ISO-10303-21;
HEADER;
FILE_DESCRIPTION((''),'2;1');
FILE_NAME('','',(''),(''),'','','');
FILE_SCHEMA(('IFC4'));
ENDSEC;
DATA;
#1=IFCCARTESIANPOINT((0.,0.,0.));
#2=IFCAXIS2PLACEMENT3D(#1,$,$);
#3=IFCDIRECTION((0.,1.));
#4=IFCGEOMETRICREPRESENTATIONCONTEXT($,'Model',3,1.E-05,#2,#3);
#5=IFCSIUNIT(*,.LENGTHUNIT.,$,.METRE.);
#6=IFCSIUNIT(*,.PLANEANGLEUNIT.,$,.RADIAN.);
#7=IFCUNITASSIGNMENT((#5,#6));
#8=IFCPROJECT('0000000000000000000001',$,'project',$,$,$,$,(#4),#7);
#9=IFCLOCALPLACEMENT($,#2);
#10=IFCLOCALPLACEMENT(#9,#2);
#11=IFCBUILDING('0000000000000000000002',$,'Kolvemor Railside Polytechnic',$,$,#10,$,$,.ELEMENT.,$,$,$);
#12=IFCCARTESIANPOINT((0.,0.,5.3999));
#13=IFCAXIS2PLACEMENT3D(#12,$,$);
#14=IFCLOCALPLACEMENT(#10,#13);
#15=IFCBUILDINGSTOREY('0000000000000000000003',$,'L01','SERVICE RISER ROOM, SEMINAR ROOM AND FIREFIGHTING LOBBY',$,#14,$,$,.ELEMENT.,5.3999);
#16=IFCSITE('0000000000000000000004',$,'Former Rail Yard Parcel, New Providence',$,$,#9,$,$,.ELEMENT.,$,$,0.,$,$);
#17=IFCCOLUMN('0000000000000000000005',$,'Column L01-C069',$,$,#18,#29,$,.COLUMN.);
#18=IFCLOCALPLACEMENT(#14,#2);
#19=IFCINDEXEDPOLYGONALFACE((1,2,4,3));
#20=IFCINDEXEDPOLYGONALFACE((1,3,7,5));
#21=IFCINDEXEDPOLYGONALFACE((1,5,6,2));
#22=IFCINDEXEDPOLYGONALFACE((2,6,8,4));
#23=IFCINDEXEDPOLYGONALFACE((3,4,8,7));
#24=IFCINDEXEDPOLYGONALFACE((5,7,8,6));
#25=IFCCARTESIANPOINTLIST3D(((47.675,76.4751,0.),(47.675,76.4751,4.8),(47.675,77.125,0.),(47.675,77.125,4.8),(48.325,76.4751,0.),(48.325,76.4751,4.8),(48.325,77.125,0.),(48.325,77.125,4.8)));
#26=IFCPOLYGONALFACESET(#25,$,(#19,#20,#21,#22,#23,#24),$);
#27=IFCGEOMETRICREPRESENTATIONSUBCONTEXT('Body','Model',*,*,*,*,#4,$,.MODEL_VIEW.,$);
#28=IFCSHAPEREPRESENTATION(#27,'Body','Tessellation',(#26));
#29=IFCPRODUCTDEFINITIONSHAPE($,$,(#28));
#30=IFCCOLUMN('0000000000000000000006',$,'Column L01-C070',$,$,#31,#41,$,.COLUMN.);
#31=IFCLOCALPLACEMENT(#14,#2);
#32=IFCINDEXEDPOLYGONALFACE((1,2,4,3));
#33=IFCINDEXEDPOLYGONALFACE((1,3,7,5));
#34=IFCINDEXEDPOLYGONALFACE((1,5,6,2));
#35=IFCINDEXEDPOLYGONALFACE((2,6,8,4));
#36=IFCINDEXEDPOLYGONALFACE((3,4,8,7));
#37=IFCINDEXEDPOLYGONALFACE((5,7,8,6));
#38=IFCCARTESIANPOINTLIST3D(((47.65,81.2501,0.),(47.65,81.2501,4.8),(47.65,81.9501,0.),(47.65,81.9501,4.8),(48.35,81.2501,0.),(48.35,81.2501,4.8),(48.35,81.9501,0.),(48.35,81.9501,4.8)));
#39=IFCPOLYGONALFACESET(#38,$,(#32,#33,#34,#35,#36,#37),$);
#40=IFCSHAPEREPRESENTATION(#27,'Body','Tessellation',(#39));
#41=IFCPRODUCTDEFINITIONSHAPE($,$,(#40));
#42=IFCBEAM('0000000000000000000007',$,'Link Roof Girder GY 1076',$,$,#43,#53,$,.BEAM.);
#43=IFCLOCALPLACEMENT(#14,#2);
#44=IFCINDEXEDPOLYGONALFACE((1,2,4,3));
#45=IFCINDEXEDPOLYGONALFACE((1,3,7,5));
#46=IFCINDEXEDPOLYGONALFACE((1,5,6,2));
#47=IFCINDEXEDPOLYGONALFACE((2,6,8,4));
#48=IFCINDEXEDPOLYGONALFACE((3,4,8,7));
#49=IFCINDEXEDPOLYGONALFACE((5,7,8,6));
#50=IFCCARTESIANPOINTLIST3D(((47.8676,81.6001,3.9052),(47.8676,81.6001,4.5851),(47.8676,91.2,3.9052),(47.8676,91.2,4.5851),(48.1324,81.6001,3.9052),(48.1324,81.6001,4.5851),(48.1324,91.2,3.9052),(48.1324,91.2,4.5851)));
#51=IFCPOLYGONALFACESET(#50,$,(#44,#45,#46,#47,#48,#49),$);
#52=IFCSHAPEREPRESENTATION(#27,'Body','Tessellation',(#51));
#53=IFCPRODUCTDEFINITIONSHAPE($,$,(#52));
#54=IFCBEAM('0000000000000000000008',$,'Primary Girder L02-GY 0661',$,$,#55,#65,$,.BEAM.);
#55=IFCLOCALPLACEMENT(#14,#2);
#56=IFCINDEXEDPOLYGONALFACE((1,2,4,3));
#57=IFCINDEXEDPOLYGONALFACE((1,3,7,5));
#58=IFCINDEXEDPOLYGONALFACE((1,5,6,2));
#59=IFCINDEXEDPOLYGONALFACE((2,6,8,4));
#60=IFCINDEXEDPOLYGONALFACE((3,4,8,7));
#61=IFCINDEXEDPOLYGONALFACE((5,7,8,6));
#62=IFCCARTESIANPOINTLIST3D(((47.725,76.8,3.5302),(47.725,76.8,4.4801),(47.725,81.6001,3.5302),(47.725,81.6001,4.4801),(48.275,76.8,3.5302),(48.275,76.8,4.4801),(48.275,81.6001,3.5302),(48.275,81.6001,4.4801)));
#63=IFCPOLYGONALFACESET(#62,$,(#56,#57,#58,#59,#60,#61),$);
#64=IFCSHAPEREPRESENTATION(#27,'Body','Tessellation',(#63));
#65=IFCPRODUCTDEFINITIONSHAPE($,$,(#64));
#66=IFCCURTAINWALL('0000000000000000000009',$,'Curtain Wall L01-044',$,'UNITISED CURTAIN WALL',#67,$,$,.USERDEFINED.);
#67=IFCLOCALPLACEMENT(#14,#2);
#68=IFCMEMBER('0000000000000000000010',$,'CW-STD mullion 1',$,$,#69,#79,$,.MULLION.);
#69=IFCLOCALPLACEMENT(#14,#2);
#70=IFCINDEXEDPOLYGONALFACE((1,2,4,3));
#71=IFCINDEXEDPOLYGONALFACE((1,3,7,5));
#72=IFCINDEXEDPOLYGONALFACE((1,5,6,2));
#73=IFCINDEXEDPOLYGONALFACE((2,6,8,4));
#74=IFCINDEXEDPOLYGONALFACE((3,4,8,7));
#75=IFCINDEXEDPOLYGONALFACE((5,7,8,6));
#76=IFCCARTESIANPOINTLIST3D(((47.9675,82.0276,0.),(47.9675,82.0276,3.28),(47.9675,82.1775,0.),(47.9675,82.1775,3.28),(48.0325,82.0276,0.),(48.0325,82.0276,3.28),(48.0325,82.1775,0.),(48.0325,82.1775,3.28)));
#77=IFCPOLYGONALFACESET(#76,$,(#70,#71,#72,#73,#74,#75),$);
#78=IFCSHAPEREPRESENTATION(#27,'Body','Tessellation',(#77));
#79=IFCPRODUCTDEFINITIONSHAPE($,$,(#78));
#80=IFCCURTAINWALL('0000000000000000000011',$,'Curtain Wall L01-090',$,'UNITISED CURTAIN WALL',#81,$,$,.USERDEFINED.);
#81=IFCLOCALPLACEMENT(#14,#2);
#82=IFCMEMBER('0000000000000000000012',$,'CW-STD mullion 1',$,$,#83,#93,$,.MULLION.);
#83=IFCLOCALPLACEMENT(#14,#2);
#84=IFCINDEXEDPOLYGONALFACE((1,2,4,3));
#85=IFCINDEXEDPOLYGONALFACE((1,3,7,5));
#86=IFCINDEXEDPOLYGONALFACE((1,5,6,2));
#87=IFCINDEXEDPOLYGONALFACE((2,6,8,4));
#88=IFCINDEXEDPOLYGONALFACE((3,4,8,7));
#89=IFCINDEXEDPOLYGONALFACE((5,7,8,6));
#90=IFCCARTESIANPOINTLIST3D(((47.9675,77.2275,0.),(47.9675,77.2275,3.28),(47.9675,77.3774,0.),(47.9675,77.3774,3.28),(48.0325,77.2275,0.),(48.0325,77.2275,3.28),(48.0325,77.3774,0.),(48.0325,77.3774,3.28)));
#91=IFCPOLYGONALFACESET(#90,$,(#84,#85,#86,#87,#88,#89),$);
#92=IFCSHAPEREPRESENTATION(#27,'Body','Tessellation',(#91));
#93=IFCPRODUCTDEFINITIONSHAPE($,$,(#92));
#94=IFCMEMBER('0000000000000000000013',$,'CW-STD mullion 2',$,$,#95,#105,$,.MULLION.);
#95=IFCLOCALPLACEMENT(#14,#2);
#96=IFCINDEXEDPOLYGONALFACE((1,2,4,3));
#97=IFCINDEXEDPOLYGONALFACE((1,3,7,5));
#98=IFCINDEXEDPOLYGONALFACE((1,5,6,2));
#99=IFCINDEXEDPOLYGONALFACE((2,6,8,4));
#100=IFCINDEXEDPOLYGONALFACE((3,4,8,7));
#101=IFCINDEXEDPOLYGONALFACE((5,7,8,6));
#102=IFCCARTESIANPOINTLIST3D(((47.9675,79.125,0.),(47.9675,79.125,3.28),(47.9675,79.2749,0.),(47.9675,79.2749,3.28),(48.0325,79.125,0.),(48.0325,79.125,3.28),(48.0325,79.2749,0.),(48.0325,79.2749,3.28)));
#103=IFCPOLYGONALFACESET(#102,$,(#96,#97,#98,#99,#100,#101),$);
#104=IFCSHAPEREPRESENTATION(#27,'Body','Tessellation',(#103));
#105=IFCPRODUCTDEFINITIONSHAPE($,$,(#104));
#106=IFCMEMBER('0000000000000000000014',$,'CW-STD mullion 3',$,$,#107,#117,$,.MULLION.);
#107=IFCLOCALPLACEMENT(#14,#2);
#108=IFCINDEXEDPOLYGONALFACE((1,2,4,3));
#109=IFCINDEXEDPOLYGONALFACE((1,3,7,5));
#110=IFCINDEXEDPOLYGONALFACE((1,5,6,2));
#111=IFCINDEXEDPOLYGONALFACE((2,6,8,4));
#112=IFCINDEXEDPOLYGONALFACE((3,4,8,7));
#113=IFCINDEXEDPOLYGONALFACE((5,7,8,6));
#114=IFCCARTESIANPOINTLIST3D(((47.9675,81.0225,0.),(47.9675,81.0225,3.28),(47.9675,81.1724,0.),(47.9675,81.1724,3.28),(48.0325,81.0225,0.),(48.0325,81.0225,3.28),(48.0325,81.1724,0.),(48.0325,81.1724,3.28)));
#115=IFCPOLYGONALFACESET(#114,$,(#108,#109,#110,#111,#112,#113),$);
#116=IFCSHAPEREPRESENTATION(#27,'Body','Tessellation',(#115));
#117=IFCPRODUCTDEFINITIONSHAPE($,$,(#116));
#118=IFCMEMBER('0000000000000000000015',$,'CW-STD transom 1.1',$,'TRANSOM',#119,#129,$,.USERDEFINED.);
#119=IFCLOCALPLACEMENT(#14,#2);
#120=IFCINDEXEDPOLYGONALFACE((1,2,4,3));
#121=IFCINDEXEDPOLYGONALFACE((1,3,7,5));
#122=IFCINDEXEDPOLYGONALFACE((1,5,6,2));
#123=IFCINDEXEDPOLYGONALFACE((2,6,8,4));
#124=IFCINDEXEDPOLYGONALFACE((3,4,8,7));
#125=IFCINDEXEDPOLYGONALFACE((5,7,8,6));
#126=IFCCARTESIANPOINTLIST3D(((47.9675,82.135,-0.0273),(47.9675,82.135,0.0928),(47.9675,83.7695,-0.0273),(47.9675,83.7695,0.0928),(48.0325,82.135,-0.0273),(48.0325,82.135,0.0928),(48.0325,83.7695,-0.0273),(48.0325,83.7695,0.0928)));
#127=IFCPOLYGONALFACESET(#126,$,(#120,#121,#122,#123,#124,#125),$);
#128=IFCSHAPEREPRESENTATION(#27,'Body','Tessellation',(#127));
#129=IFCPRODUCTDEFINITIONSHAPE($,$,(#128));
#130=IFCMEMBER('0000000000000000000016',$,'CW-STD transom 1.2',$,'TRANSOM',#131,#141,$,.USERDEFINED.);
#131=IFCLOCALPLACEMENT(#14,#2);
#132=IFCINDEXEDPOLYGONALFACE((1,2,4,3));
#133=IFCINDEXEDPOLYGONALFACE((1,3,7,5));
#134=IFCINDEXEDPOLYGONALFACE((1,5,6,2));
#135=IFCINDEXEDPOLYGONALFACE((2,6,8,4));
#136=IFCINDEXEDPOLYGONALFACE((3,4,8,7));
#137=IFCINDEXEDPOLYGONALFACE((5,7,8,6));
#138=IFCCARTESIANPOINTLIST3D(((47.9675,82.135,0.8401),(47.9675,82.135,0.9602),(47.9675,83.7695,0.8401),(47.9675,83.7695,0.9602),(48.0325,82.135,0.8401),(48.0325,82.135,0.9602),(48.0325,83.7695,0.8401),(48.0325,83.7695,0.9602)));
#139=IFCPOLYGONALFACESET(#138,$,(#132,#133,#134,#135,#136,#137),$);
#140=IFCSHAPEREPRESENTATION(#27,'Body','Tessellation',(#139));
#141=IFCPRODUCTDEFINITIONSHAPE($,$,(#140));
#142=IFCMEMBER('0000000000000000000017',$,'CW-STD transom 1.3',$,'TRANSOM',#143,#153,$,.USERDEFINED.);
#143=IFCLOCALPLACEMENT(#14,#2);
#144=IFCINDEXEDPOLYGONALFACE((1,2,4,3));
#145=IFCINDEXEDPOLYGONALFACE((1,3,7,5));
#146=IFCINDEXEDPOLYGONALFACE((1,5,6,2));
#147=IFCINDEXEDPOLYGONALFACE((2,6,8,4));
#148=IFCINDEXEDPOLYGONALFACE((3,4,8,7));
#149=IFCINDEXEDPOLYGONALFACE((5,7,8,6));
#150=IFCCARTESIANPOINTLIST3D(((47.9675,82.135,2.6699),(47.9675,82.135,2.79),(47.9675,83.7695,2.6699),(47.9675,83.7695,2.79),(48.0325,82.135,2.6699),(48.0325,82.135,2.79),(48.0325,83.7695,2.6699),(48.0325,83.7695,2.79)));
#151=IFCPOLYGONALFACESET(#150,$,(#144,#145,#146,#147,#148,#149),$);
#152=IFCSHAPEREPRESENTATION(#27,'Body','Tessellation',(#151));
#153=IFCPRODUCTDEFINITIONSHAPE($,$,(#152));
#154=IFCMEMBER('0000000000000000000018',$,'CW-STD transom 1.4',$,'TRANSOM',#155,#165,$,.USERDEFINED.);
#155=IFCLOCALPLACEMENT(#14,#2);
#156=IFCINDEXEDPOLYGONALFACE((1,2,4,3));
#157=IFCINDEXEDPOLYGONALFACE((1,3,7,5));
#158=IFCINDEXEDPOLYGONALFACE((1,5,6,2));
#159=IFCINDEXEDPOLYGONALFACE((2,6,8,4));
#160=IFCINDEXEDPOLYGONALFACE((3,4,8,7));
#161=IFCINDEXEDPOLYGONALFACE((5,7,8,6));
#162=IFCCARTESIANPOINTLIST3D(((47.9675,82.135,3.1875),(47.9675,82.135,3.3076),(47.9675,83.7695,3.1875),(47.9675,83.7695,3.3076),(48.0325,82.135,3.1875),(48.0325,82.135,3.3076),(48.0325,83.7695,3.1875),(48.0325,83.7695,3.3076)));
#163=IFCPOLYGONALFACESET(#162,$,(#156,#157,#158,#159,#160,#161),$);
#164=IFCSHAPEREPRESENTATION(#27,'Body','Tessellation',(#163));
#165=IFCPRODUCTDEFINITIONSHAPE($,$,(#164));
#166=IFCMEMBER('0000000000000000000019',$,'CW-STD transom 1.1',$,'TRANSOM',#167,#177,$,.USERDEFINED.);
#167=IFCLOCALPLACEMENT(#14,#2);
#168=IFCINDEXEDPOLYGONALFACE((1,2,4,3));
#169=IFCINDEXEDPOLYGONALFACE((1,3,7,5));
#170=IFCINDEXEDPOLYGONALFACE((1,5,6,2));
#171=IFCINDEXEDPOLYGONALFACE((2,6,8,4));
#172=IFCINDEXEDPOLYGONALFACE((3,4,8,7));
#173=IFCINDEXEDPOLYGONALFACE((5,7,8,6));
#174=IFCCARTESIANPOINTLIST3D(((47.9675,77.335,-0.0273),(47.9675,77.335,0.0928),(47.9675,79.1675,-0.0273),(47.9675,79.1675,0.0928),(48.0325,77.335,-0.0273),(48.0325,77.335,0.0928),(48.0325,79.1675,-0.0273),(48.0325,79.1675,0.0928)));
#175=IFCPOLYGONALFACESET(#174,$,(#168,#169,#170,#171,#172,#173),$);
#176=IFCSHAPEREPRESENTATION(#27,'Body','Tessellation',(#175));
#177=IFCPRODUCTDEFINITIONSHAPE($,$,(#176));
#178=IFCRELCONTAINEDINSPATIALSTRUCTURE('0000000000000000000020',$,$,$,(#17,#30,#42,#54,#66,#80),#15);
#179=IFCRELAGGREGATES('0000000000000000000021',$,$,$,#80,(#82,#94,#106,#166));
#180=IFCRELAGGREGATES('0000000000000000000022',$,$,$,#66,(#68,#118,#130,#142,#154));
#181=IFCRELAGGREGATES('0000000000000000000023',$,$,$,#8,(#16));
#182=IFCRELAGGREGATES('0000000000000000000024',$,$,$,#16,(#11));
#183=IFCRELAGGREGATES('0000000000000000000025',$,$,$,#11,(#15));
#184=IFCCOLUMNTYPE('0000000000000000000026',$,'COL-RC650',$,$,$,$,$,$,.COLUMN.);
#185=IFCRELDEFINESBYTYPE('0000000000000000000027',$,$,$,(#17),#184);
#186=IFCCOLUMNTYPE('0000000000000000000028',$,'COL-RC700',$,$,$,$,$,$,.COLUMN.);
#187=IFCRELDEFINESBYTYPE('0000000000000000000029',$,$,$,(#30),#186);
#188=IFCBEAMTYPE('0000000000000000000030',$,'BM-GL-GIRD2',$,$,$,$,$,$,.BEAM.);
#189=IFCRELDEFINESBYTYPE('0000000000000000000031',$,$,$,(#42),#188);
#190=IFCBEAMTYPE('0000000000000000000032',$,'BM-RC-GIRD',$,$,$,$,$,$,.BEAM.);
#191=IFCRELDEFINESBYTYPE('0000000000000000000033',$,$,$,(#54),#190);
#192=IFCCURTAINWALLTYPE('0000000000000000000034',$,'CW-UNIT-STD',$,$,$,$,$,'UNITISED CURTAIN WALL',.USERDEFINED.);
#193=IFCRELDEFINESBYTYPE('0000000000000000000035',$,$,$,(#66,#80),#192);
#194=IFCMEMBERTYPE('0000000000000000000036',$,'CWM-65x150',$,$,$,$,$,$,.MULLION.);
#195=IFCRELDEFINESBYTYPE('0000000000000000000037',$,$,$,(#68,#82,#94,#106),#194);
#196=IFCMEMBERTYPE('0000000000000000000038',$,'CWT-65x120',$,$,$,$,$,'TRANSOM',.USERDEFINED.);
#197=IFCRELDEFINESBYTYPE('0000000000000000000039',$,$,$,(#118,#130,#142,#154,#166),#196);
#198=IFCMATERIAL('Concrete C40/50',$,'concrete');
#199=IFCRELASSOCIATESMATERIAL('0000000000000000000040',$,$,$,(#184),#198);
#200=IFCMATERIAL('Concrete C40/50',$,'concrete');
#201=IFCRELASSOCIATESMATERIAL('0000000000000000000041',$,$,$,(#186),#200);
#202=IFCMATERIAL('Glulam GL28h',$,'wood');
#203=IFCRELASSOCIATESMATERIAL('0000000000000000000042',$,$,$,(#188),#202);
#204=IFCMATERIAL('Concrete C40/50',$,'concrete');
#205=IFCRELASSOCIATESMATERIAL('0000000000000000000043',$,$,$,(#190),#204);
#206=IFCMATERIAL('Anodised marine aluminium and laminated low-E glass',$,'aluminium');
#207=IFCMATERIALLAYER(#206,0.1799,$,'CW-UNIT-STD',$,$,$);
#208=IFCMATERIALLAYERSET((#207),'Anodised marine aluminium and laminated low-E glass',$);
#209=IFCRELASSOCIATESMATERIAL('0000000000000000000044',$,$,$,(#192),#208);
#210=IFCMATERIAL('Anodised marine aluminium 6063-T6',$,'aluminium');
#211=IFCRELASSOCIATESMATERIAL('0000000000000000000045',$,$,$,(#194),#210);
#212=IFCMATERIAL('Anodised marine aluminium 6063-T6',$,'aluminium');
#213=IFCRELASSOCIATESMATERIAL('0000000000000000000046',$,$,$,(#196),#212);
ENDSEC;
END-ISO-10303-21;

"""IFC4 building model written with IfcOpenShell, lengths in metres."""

from ifc_helpers import new_model, si_unit, direction, frame, origin, origin_2d, place, context, subcontext, project, spatial, rectangle, extrude, material, layer, layer_set, material_profile, profile_set, type_object, element, aggregate, save


model = new_model("IFC4")

# Units and contexts
model_context = context("Model", 3, precision=1e-05, world=origin(), true_north=direction((0.0, 1.0)))
body_context = subcontext(model_context, "Body", "Model", "MODEL_VIEW")
ifc_project = project(units=[si_unit("LENGTHUNIT", "METRE"), si_unit("PLANEANGLEUNIT", "RADIAN")], contexts=[model_context])

# Site, building, storey
site_placement = place(None, origin())
site = spatial("IfcSite", under=ifc_project, at=site_placement, Name="Former Rail Yard Parcel, New Providence", CompositionType="ELEMENT", RefElevation=0.0)
building_placement = place(site_placement, origin())
building = spatial("IfcBuilding", under=site, at=building_placement, Name="Kolvemor Railside Polytechnic", CompositionType="ELEMENT")
storey_placement = place(building_placement, frame((0.0, 0.0, 5.3999)))
storey = spatial("IfcBuildingStorey", under=building, at=storey_placement, Name="L01", Description="SERVICE RISER ROOM, SEMINAR ROOM AND FIREFIGHTING LOBBY", CompositionType="ELEMENT", Elevation=5.3999)

# Columns
ifc_material_1 = material(Name="Concrete C40/50", Category="concrete")
ifc_material_profile_1 = material_profile(ifc_material_1, rectangle(XDim=0.6499, YDim=0.6499, at=origin_2d()), Name="RC650x650")
ifc_profile_set_1 = profile_set([ifc_material_profile_1], Name="Concrete C40/50")
column_type_1 = type_object("IfcColumnType", Name="COL-RC650", PredefinedType="COLUMN", material=ifc_profile_set_1)
column_1_placement = place(storey_placement, frame((48.0, 76.8, 0.0), z_axis=(0.0, 0.0, 1.0), x_axis=(1.0, 0.0, 0.0)))
element("IfcColumn", 1, at=column_1_placement, inside=storey, type_object=column_type_1, Name="Column L01-C069", PredefinedType="COLUMN", context=body_context, shape_type="SweptSolid", body=[
    extrude(rectangle(XDim=0.6499, YDim=0.6499, at=origin_2d()), origin(), (0.0, 0.0, 1.0), 4.8),
])
ifc_material_2 = material(Name="Concrete C40/50", Category="concrete")
ifc_material_profile_2 = material_profile(ifc_material_2, rectangle(XDim=0.7, YDim=0.7, at=origin_2d()), Name="RC700x700")
ifc_profile_set_2 = profile_set([ifc_material_profile_2], Name="Concrete C40/50")
column_type_2 = type_object("IfcColumnType", Name="COL-RC700", PredefinedType="COLUMN", material=ifc_profile_set_2)
column_2_placement = place(storey_placement, frame((48.0, 81.6001, 0.0), z_axis=(0.0, 0.0, 1.0), x_axis=(1.0, 0.0, 0.0)))
element("IfcColumn", 2, at=column_2_placement, inside=storey, type_object=column_type_2, Name="Column L01-C070", PredefinedType="COLUMN", context=body_context, shape_type="SweptSolid", body=[
    extrude(rectangle(XDim=0.7, YDim=0.7, at=origin_2d()), origin(), (0.0, 0.0, 1.0), 4.8),
])

# Beams
ifc_material_3 = material(Name="Glulam GL28h", Category="wood")
ifc_material_profile_3 = material_profile(ifc_material_3, rectangle(XDim=0.2649, YDim=0.6799, at=origin_2d()), Name="GL265x680")
ifc_profile_set_3 = profile_set([ifc_material_profile_3], Name="Glulam GL28h")
beam_type_1 = type_object("IfcBeamType", Name="BM-GL-GIRD2", PredefinedType="BEAM", material=ifc_profile_set_3)
beam_1_placement = place(storey_placement, frame((48.0, 81.6001, 4.2451), z_axis=(0.0, 1.0, 0.0), x_axis=(-1.0, 0.0, 0.0)))
element("IfcBeam", 3, at=beam_1_placement, inside=storey, type_object=beam_type_1, Name="Link Roof Girder GY 1076", PredefinedType="BEAM", context=body_context, shape_type="SweptSolid", body=[
    extrude(rectangle(XDim=0.2649, YDim=0.6799, at=origin_2d()), origin(), (0.0, 0.0, 1.0), 9.5999),
])
ifc_material_4 = material(Name="Concrete C40/50", Category="concrete")
ifc_material_profile_4 = material_profile(ifc_material_4, rectangle(XDim=0.55, YDim=0.95, at=origin_2d()), Name="RC550x950")
ifc_profile_set_4 = profile_set([ifc_material_profile_4], Name="Concrete C40/50")
beam_type_2 = type_object("IfcBeamType", Name="BM-RC-GIRD", PredefinedType="BEAM", material=ifc_profile_set_4)
beam_2_placement = place(storey_placement, frame((48.0, 76.8, 4.0051), z_axis=(0.0, 1.0, 0.0), x_axis=(-1.0, 0.0, 0.0)))
element("IfcBeam", 4, at=beam_2_placement, inside=storey, type_object=beam_type_2, Name="Primary Girder L02-GY 0661", PredefinedType="BEAM", context=body_context, shape_type="SweptSolid", body=[
    extrude(rectangle(XDim=0.55, YDim=0.95, at=origin_2d()), origin(), (0.0, 0.0, 1.0), 4.8),
])

# Curtain wall, member
ifc_material_5 = material(Name="Anodised marine aluminium and laminated low-E glass", Category="aluminium")
ifc_layer_1 = layer(ifc_material_5, 0.1799, Name="CW-UNIT-STD")
ifc_layer_set_1 = layer_set([ifc_layer_1], Name="Anodised marine aluminium and laminated low-E glass")
curtain_wall_type = type_object("IfcCurtainWallType", Name="CW-UNIT-STD", ElementType="UNITISED CURTAIN WALL", PredefinedType="USERDEFINED", material=ifc_layer_set_1)
curtain_wall_1_placement = place(storey_placement, origin())
curtain_wall_1 = element("IfcCurtainWall", 5, at=curtain_wall_1_placement, inside=storey, type_object=curtain_wall_type, Name="Curtain Wall L01-044", ObjectType="UNITISED CURTAIN WALL", PredefinedType="USERDEFINED")
ifc_material_6 = material(Name="Anodised marine aluminium 6063-T6", Category="aluminium")
ifc_material_profile_5 = material_profile(ifc_material_6, rectangle(XDim=0.0649, YDim=0.1499, at=origin_2d()), Name="CW-MUL-65x150")
ifc_profile_set_5 = profile_set([ifc_material_profile_5], Name="Anodised marine aluminium 6063-T6")
member_type_1 = type_object("IfcMemberType", Name="CWM-65x150", PredefinedType="MULLION", material=ifc_profile_set_5)
member_1_placement = place(storey_placement, frame((48.0, 82.1025, 0.0), z_axis=(0.0, 0.0, 1.0), x_axis=(-1.0, 0.0, 0.0)))
member_1 = element("IfcMember", 6, at=member_1_placement, type_object=member_type_1, Name="CW-STD mullion 1", PredefinedType="MULLION", context=body_context, shape_type="SweptSolid", body=[
    extrude(rectangle(XDim=0.0649, YDim=0.1499, at=origin_2d()), origin(), (0.0, 0.0, 1.0), 3.28),
])

# Curtain wall, members
curtain_wall_2_placement = place(storey_placement, origin())
curtain_wall_2 = element("IfcCurtainWall", 7, at=curtain_wall_2_placement, inside=storey, type_object=curtain_wall_type, Name="Curtain Wall L01-090", ObjectType="UNITISED CURTAIN WALL", PredefinedType="USERDEFINED")
member_2_placement = place(storey_placement, frame((48.0, 77.3025, 0.0), z_axis=(0.0, 0.0, 1.0), x_axis=(-1.0, 0.0, 0.0)))
member_2 = element("IfcMember", 8, at=member_2_placement, type_object=member_type_1, Name="CW-STD mullion 1", PredefinedType="MULLION", context=body_context, shape_type="SweptSolid", body=[
    extrude(rectangle(XDim=0.0649, YDim=0.1499, at=origin_2d()), origin(), (0.0, 0.0, 1.0), 3.28),
])
member_3_placement = place(storey_placement, frame((48.0, 79.2, 0.0), z_axis=(0.0, 0.0, 1.0), x_axis=(-1.0, 0.0, 0.0)))
member_3 = element("IfcMember", 9, at=member_3_placement, type_object=member_type_1, Name="CW-STD mullion 2", PredefinedType="MULLION", context=body_context, shape_type="SweptSolid", body=[
    extrude(rectangle(XDim=0.0649, YDim=0.1499, at=origin_2d()), origin(), (0.0, 0.0, 1.0), 3.28),
])
member_4_placement = place(storey_placement, frame((48.0, 81.0974, 0.0), z_axis=(0.0, 0.0, 1.0), x_axis=(-1.0, 0.0, 0.0)))
member_4 = element("IfcMember", 10, at=member_4_placement, type_object=member_type_1, Name="CW-STD mullion 3", PredefinedType="MULLION", context=body_context, shape_type="SweptSolid", body=[
    extrude(rectangle(XDim=0.0649, YDim=0.1499, at=origin_2d()), origin(), (0.0, 0.0, 1.0), 3.28),
])

# Members
ifc_material_7 = material(Name="Anodised marine aluminium 6063-T6", Category="aluminium")
ifc_material_profile_6 = material_profile(ifc_material_7, rectangle(XDim=0.0649, YDim=0.1201, at=origin_2d()), Name="CW-TRN-65x120")
ifc_profile_set_6 = profile_set([ifc_material_profile_6], Name="Anodised marine aluminium 6063-T6")
member_type_2 = type_object("IfcMemberType", Name="CWT-65x120", ElementType="TRANSOM", PredefinedType="USERDEFINED", material=ifc_profile_set_6)
member_5_placement = place(storey_placement, frame((48.0, 82.135, 0.0327), z_axis=(0.0, 1.0, 0.0), x_axis=(-1.0, 0.0, 0.0)))
member_5 = element("IfcMember", 11, at=member_5_placement, type_object=member_type_2, Name="CW-STD transom 1.1", ObjectType="TRANSOM", PredefinedType="USERDEFINED", context=body_context, shape_type="SweptSolid", body=[
    extrude(rectangle(XDim=0.0649, YDim=0.1201, at=origin_2d()), origin(), (0.0, 0.0, 1.0), 1.6345),
])
member_6_placement = place(storey_placement, frame((48.0, 82.135, 0.9001), z_axis=(0.0, 1.0, 0.0), x_axis=(-1.0, 0.0, 0.0)))
member_6 = element("IfcMember", 12, at=member_6_placement, type_object=member_type_2, Name="CW-STD transom 1.2", ObjectType="TRANSOM", PredefinedType="USERDEFINED", context=body_context, shape_type="SweptSolid", body=[
    extrude(rectangle(XDim=0.0649, YDim=0.1201, at=origin_2d()), origin(), (0.0, 0.0, 1.0), 1.6345),
])
member_7_placement = place(storey_placement, frame((48.0, 82.135, 2.73), z_axis=(0.0, 1.0, 0.0), x_axis=(-1.0, 0.0, 0.0)))
member_7 = element("IfcMember", 13, at=member_7_placement, type_object=member_type_2, Name="CW-STD transom 1.3", ObjectType="TRANSOM", PredefinedType="USERDEFINED", context=body_context, shape_type="SweptSolid", body=[
    extrude(rectangle(XDim=0.0649, YDim=0.1201, at=origin_2d()), origin(), (0.0, 0.0, 1.0), 1.6345),
])
member_8_placement = place(storey_placement, frame((48.0, 82.135, 3.2476), z_axis=(0.0, 1.0, 0.0), x_axis=(-1.0, 0.0, 0.0)))
member_8 = element("IfcMember", 14, at=member_8_placement, type_object=member_type_2, Name="CW-STD transom 1.4", ObjectType="TRANSOM", PredefinedType="USERDEFINED", context=body_context, shape_type="SweptSolid", body=[
    extrude(rectangle(XDim=0.0649, YDim=0.1201, at=origin_2d()), origin(), (0.0, 0.0, 1.0), 1.6345),
])
member_9_placement = place(storey_placement, frame((48.0, 77.335, 0.0327), z_axis=(0.0, 1.0, 0.0), x_axis=(-1.0, 0.0, 0.0)))
member_9 = element("IfcMember", 15, at=member_9_placement, type_object=member_type_2, Name="CW-STD transom 1.1", ObjectType="TRANSOM", PredefinedType="USERDEFINED", context=body_context, shape_type="SweptSolid", body=[
    extrude(rectangle(XDim=0.0649, YDim=0.1201, at=origin_2d()), origin(), (0.0, 0.0, 1.0), 1.8325),
])

aggregate(curtain_wall_2, [member_2, member_3, member_4, member_9])
aggregate(curtain_wall_1, [member_1, member_5, member_6, member_7, member_8])

save(model, "model.ifc")
